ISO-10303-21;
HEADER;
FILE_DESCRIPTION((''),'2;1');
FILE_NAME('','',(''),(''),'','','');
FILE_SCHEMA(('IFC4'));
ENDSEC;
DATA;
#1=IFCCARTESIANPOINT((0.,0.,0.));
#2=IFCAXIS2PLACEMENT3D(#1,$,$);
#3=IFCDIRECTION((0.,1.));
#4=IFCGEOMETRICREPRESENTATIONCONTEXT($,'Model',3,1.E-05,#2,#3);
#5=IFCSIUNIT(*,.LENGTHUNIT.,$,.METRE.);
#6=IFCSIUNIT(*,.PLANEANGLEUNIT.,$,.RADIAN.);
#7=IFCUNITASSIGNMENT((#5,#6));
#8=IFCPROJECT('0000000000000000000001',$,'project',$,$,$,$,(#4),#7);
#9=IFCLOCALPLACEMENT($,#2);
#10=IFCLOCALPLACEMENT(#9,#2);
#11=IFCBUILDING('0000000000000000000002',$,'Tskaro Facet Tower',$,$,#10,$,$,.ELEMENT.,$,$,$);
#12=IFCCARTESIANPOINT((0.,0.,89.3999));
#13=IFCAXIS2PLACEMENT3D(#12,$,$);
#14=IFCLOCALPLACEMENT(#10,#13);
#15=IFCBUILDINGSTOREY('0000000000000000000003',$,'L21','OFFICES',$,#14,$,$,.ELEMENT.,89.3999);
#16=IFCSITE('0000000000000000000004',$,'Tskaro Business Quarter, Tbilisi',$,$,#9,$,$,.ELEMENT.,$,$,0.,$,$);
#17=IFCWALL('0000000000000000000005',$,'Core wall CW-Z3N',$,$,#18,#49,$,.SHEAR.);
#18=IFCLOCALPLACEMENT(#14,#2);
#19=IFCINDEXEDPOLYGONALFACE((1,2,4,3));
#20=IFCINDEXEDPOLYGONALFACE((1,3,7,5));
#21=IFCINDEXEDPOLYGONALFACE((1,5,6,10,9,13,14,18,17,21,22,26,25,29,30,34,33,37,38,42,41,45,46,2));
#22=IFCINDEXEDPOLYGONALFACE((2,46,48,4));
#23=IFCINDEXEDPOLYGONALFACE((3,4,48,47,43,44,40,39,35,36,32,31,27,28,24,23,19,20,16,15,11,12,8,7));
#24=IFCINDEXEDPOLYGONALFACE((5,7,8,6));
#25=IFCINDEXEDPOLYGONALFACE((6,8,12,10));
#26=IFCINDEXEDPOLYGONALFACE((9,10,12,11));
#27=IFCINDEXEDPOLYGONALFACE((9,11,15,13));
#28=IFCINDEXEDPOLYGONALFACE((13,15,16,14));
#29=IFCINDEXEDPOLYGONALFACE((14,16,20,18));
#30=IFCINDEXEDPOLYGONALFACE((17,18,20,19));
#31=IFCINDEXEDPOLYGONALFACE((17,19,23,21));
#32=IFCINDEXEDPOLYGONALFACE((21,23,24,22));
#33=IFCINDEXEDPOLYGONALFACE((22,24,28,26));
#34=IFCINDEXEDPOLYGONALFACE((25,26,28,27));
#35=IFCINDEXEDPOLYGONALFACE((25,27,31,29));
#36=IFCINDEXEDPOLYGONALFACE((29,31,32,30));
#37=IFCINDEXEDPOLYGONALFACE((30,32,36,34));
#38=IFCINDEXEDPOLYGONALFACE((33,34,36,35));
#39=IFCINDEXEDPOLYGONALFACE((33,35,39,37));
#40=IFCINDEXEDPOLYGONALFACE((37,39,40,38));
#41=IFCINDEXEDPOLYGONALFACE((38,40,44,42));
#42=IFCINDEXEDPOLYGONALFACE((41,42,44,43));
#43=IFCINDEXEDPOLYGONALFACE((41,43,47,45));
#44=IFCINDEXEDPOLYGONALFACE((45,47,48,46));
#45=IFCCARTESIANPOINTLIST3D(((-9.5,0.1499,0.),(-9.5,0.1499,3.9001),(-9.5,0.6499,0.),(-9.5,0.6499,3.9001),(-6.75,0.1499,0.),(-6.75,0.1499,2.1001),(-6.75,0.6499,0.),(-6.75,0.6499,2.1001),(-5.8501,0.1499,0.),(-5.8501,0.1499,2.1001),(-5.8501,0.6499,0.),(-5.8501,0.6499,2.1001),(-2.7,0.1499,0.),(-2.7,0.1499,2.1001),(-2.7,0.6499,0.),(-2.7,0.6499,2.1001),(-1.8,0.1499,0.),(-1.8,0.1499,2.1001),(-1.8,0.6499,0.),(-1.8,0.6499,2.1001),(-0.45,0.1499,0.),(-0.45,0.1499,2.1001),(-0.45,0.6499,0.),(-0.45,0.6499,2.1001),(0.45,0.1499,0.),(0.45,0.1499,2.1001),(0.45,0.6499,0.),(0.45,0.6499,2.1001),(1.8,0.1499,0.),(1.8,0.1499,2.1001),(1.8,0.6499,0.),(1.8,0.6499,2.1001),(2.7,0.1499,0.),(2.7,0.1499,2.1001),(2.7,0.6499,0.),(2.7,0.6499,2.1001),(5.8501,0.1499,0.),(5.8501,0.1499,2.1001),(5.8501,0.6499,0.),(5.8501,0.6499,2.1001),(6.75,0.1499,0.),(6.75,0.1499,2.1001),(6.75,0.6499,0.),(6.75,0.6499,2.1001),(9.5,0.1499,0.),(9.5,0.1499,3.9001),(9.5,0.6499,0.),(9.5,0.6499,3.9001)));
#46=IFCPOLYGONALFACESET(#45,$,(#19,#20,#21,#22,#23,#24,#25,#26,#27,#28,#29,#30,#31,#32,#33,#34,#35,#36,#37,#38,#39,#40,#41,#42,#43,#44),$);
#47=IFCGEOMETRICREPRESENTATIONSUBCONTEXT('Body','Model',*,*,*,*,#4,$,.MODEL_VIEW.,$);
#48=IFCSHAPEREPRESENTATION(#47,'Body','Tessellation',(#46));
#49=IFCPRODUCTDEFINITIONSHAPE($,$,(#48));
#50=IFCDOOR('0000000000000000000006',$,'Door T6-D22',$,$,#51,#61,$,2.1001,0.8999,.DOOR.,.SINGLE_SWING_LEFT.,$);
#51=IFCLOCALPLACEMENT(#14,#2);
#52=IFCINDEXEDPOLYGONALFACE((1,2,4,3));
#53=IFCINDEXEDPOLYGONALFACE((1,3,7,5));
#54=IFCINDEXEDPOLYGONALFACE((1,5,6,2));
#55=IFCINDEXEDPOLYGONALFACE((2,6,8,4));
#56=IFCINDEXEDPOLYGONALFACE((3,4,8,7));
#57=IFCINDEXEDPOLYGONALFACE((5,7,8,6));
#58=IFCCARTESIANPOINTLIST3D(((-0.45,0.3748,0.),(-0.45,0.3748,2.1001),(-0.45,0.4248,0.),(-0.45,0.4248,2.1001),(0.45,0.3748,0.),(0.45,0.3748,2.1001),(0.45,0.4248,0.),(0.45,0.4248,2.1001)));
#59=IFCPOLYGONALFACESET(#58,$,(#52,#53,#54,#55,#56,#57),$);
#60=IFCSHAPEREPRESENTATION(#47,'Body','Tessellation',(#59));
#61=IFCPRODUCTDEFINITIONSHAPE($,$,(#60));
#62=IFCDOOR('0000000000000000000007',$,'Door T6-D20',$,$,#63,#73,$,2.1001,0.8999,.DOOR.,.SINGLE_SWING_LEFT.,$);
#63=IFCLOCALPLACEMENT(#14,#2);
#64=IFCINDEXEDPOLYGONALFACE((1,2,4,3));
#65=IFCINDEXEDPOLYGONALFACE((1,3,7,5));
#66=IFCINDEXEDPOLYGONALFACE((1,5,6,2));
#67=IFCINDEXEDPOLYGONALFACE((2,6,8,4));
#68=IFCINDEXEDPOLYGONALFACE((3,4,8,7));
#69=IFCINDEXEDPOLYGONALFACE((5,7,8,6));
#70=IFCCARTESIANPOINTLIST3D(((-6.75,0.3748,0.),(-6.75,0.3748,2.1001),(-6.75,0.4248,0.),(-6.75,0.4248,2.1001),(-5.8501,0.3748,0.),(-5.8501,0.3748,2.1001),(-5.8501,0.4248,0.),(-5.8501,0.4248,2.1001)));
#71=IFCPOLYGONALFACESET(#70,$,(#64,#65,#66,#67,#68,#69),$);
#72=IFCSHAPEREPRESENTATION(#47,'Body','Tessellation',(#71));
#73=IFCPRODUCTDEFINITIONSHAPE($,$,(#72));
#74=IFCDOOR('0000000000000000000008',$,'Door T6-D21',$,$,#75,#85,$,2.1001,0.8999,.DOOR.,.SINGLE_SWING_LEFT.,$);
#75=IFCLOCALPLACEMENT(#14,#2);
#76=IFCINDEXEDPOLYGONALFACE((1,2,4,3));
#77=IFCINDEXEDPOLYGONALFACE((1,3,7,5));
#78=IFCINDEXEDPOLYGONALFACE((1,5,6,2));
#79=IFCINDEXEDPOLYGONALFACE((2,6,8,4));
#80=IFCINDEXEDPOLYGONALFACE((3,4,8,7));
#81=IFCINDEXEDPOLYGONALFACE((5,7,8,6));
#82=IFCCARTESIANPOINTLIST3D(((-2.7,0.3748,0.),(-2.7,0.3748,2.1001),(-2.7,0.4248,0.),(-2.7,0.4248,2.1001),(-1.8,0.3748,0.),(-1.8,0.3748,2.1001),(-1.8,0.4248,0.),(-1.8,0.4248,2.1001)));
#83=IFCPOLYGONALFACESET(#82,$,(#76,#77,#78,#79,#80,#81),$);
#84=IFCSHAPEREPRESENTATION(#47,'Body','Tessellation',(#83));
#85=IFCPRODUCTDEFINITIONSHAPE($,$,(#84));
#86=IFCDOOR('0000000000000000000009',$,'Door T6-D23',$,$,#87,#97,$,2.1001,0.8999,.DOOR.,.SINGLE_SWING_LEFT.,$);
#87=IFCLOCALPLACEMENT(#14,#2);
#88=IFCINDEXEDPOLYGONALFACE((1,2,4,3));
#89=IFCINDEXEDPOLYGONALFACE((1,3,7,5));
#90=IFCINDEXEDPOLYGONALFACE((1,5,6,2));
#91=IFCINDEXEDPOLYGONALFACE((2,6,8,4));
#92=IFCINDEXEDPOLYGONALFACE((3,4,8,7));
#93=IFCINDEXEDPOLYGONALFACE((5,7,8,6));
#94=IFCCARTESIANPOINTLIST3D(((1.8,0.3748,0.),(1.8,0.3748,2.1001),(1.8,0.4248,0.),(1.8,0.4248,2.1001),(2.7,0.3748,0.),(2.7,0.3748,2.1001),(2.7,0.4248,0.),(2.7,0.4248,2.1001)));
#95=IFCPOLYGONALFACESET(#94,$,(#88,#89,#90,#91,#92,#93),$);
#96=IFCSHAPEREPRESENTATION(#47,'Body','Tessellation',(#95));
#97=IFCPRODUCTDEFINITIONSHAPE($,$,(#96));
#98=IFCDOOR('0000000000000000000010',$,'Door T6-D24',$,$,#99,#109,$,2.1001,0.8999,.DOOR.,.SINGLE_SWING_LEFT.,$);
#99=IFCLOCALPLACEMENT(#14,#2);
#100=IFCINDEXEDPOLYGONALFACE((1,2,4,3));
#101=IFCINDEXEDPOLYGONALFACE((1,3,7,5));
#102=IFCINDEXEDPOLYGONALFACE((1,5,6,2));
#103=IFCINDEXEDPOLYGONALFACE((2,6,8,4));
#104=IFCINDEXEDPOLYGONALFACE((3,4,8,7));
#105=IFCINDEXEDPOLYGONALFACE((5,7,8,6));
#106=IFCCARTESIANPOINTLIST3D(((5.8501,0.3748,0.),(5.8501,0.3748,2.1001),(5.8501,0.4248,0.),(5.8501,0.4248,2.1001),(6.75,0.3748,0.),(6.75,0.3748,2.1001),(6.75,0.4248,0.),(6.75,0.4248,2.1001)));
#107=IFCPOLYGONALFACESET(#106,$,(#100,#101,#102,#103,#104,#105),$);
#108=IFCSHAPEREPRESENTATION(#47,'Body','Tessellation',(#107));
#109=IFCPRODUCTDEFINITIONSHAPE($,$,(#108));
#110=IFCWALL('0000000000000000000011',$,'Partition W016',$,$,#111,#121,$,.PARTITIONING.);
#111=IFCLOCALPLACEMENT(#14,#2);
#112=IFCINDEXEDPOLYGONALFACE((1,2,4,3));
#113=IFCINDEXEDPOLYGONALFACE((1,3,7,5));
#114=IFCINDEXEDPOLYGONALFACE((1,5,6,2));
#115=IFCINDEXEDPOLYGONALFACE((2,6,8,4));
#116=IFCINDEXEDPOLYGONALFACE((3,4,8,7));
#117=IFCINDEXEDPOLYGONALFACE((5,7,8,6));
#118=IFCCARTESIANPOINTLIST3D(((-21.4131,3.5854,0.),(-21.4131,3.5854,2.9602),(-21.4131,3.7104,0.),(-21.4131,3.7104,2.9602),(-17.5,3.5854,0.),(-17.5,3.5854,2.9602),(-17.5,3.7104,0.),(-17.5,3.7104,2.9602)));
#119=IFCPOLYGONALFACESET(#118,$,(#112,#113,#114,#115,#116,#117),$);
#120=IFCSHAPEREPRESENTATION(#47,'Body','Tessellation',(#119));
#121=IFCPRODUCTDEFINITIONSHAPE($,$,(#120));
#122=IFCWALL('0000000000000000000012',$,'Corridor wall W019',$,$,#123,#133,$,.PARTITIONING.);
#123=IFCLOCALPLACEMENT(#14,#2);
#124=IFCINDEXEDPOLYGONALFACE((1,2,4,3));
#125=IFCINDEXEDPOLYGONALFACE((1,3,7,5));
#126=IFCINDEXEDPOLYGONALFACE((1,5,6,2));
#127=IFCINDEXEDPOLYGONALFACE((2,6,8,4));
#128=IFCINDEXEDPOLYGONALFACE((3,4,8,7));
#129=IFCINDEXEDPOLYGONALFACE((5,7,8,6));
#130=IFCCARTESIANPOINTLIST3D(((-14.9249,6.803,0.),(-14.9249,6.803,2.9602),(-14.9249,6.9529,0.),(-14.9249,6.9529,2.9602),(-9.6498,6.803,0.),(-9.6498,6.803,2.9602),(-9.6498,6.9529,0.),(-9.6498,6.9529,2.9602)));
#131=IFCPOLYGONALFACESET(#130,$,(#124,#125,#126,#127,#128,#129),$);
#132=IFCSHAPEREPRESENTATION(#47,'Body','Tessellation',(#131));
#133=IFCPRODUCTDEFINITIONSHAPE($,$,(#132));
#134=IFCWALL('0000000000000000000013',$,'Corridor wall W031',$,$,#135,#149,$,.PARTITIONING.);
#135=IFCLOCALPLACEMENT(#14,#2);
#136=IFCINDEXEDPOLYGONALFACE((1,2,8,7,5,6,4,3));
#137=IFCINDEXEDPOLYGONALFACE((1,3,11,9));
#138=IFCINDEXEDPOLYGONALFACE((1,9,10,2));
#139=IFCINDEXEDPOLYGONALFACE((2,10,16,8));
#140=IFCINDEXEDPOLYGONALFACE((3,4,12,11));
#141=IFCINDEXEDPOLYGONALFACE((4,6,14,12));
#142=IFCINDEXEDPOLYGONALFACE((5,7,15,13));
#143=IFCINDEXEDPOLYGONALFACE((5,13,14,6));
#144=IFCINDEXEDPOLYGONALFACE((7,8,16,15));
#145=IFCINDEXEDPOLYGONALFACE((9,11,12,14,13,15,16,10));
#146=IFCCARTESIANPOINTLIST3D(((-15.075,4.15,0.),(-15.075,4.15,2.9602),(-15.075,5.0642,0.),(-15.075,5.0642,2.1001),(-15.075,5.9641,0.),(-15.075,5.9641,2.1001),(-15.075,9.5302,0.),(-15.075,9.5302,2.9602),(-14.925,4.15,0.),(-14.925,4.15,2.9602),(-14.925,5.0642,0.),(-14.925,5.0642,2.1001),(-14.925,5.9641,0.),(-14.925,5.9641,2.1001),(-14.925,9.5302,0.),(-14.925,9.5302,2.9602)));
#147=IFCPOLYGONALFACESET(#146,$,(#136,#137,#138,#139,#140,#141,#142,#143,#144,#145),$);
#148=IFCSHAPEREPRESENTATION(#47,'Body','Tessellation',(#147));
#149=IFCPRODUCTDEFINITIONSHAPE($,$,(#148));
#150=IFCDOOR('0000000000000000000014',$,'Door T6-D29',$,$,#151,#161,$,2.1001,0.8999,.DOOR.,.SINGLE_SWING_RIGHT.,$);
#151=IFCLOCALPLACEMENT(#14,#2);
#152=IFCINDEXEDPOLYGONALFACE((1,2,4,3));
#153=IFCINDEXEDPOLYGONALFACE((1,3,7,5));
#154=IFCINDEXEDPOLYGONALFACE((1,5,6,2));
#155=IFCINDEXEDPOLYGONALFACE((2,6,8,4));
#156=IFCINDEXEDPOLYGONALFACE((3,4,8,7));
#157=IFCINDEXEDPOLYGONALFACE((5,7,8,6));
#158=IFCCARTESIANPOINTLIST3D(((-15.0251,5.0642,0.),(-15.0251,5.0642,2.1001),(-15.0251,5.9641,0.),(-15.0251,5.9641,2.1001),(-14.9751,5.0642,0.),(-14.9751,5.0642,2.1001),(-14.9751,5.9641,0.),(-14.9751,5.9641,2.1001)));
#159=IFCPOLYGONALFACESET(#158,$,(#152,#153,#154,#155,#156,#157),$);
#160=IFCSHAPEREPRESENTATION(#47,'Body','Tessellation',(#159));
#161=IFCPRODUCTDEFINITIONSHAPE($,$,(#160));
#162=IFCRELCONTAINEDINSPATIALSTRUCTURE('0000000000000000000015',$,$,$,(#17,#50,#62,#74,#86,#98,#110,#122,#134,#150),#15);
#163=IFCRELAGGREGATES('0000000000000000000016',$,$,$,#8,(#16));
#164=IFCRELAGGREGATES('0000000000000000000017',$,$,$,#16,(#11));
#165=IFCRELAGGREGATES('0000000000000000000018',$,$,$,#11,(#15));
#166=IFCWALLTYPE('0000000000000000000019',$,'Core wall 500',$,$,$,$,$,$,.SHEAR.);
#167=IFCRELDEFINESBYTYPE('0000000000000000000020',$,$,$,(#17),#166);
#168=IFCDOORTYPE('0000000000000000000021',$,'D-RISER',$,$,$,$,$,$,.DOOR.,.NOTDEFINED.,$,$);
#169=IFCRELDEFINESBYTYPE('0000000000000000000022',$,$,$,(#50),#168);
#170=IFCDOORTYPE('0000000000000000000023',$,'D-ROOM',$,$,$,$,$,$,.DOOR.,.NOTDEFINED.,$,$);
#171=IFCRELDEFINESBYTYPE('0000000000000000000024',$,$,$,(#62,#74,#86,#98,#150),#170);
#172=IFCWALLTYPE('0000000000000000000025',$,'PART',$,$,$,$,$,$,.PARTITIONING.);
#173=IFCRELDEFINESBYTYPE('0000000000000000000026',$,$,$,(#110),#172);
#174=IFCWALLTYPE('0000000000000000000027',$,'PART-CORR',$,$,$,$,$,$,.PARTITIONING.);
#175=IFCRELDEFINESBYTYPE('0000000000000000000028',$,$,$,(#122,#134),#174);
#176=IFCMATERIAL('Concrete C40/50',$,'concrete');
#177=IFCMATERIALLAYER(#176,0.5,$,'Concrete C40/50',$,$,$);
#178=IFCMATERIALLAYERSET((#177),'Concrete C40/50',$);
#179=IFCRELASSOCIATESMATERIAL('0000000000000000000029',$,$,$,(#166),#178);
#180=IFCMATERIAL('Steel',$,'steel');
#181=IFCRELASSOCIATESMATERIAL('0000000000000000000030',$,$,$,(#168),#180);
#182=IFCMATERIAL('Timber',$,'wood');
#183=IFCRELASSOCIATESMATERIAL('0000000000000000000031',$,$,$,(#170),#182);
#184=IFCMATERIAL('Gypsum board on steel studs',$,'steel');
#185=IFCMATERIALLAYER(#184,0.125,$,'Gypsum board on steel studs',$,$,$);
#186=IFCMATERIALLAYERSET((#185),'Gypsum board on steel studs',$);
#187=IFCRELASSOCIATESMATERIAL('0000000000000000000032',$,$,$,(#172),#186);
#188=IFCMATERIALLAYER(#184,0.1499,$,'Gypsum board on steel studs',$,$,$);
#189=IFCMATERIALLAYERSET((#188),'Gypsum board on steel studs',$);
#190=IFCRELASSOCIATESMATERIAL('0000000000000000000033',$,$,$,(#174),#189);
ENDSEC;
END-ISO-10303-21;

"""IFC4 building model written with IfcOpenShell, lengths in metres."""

from ifc_helpers import new_model, si_unit, direction, frame, frame_2d, origin, place, context, subcontext, project, spatial, rectangle, extrude, material, layer, layer_set, type_object, element, fill, save


model = new_model("IFC4")

# Units and contexts
model_context = context("Model", 3, precision=1e-05, world=origin(), true_north=direction((0.0, 1.0)))
body_context = subcontext(model_context, "Body", "Model", "MODEL_VIEW")
ifc_project = project(units=[si_unit("LENGTHUNIT", "METRE"), si_unit("PLANEANGLEUNIT", "RADIAN")], contexts=[model_context])

# Site, building, storey
site_placement = place(None, origin())
site = spatial("IfcSite", under=ifc_project, at=site_placement, Name="Tskaro Business Quarter, Tbilisi", CompositionType="ELEMENT", RefElevation=0.0)
building_placement = place(site_placement, origin())
building = spatial("IfcBuilding", under=site, at=building_placement, Name="Tskaro Facet Tower", CompositionType="ELEMENT")
storey_placement = place(building_placement, frame((0.0, 0.0, 89.3999)))
storey = spatial("IfcBuildingStorey", under=building, at=storey_placement, Name="L21", Description="OFFICES", CompositionType="ELEMENT", Elevation=89.3999)

# Wall, openings, doors
ifc_material_1 = material(Name="Concrete C40/50", Category="concrete")
ifc_layer_1 = layer(ifc_material_1, 0.5, Name="Concrete C40/50")
ifc_layer_set_1 = layer_set([ifc_layer_1], Name="Concrete C40/50")
wall_type_1 = type_object("IfcWallType", Name="Core wall 500", PredefinedType="SHEAR", material=ifc_layer_set_1)
wall_1_placement = place(storey_placement, frame((-9.5, 0.3999, 0.0), z_axis=(0.0, 0.0, 1.0), x_axis=(1.0, 0.0, 0.0)))
wall_1 = element("IfcWall", 1, at=wall_1_placement, inside=storey, type_object=wall_type_1, Name="Core wall CW-Z3N", PredefinedType="SHEAR", context=body_context, shape_type="SweptSolid", body=[
    extrude(rectangle(XDim=19.0, YDim=0.5, at=frame_2d((9.5, 0.0))), origin(), (0.0, 0.0, 1.0), 3.9001),
])
opening_1_placement = place(wall_1_placement, frame((2.75, 0.0, 0.0)))
opening_1 = element("IfcOpeningElement", 2, at=opening_1_placement, cuts=wall_1, PredefinedType="OPENING", context=body_context, shape_type="SweptSolid", body=[
    extrude(rectangle(XDim=0.8999, YDim=2.1001, at=frame_2d((0.45, 1.05))), frame((0.0, 0.26, 0.0), z_axis=(0.0, -1.0, 0.0), x_axis=(1.0, 0.0, 0.0)), (0.0, 0.0, 1.0), 0.52),
])
opening_2_placement = place(wall_1_placement, frame((6.8, 0.0, 0.0)))
opening_2 = element("IfcOpeningElement", 3, at=opening_2_placement, cuts=wall_1, PredefinedType="OPENING", context=body_context, shape_type="SweptSolid", body=[
    extrude(rectangle(XDim=0.8999, YDim=2.1001, at=frame_2d((0.45, 1.05))), frame((0.0, 0.26, 0.0), z_axis=(0.0, -1.0, 0.0), x_axis=(1.0, 0.0, 0.0)), (0.0, 0.0, 1.0), 0.52),
])
opening_3_placement = place(wall_1_placement, frame((11.3, 0.0, 0.0)))
opening_3 = element("IfcOpeningElement", 4, at=opening_3_placement, cuts=wall_1, PredefinedType="OPENING", context=body_context, shape_type="SweptSolid", body=[
    extrude(rectangle(XDim=0.8999, YDim=2.1001, at=frame_2d((0.45, 1.05))), frame((0.0, 0.26, 0.0), z_axis=(0.0, -1.0, 0.0), x_axis=(1.0, 0.0, 0.0)), (0.0, 0.0, 1.0), 0.52),
])
opening_4_placement = place(wall_1_placement, frame((15.3501, 0.0, 0.0)))
opening_4 = element("IfcOpeningElement", 5, at=opening_4_placement, cuts=wall_1, PredefinedType="OPENING", context=body_context, shape_type="SweptSolid", body=[
    extrude(rectangle(XDim=0.8999, YDim=2.1001, at=frame_2d((0.45, 1.05))), frame((0.0, 0.26, 0.0), z_axis=(0.0, -1.0, 0.0), x_axis=(1.0, 0.0, 0.0)), (0.0, 0.0, 1.0), 0.52),
])
opening_5_placement = place(wall_1_placement, frame((9.05, 0.0, 0.0)))
opening_5 = element("IfcOpeningElement", 6, at=opening_5_placement, cuts=wall_1, PredefinedType="OPENING", context=body_context, shape_type="SweptSolid", body=[
    extrude(rectangle(XDim=0.8999, YDim=2.1001, at=frame_2d((0.45, 1.05))), frame((0.0, 0.26, 0.0), z_axis=(0.0, -1.0, 0.0), x_axis=(1.0, 0.0, 0.0)), (0.0, 0.0, 1.0), 0.52),
])
ifc_material_2 = material(Name="Steel", Category="steel")
door_type_1 = type_object("IfcDoorType", Name="D-RISER", OperationType="NOTDEFINED", PredefinedType="DOOR", material=ifc_material_2)
door_1_placement = place(opening_5_placement, origin())
door_1 = element("IfcDoor", 7, at=door_1_placement, inside=storey, type_object=door_type_1, Name="Door T6-D22", OperationType="SINGLE_SWING_LEFT", OverallHeight=2.1001, OverallWidth=0.8999, PredefinedType="DOOR", context=body_context, shape_type="SweptSolid", body=[
    extrude(rectangle(XDim=0.8999, YDim=2.1001, at=frame_2d((0.45, 1.05))), frame((0.0, 0.0249, 0.0), z_axis=(0.0, -1.0, 0.0), x_axis=(1.0, 0.0, 0.0)), (0.0, 0.0, 1.0), 0.05),
])
fill(opening_5, door_1)
ifc_material_3 = material(Name="Timber", Category="wood")
door_type_2 = type_object("IfcDoorType", Name="D-ROOM", OperationType="NOTDEFINED", PredefinedType="DOOR", material=ifc_material_3)
door_2_placement = place(opening_1_placement, origin())
door_2 = element("IfcDoor", 8, at=door_2_placement, inside=storey, type_object=door_type_2, Name="Door T6-D20", OperationType="SINGLE_SWING_LEFT", OverallHeight=2.1001, OverallWidth=0.8999, PredefinedType="DOOR", context=body_context, shape_type="SweptSolid", body=[
    extrude(rectangle(XDim=0.8999, YDim=2.1001, at=frame_2d((0.45, 1.05))), frame((0.0, 0.0249, 0.0), z_axis=(0.0, -1.0, 0.0), x_axis=(1.0, 0.0, 0.0)), (0.0, 0.0, 1.0), 0.05),
])
fill(opening_1, door_2)
door_3_placement = place(opening_2_placement, origin())
door_3 = element("IfcDoor", 9, at=door_3_placement, inside=storey, type_object=door_type_2, Name="Door T6-D21", OperationType="SINGLE_SWING_LEFT", OverallHeight=2.1001, OverallWidth=0.8999, PredefinedType="DOOR", context=body_context, shape_type="SweptSolid", body=[
    extrude(rectangle(XDim=0.8999, YDim=2.1001, at=frame_2d((0.45, 1.05))), frame((0.0, 0.0249, 0.0), z_axis=(0.0, -1.0, 0.0), x_axis=(1.0, 0.0, 0.0)), (0.0, 0.0, 1.0), 0.05),
])
fill(opening_2, door_3)
door_4_placement = place(opening_3_placement, origin())
door_4 = element("IfcDoor", 10, at=door_4_placement, inside=storey, type_object=door_type_2, Name="Door T6-D23", OperationType="SINGLE_SWING_LEFT", OverallHeight=2.1001, OverallWidth=0.8999, PredefinedType="DOOR", context=body_context, shape_type="SweptSolid", body=[
    extrude(rectangle(XDim=0.8999, YDim=2.1001, at=frame_2d((0.45, 1.05))), frame((0.0, 0.0249, 0.0), z_axis=(0.0, -1.0, 0.0), x_axis=(1.0, 0.0, 0.0)), (0.0, 0.0, 1.0), 0.05),
])
fill(opening_3, door_4)
door_5_placement = place(opening_4_placement, origin())
door_5 = element("IfcDoor", 11, at=door_5_placement, inside=storey, type_object=door_type_2, Name="Door T6-D24", OperationType="SINGLE_SWING_LEFT", OverallHeight=2.1001, OverallWidth=0.8999, PredefinedType="DOOR", context=body_context, shape_type="SweptSolid", body=[
    extrude(rectangle(XDim=0.8999, YDim=2.1001, at=frame_2d((0.45, 1.05))), frame((0.0, 0.0249, 0.0), z_axis=(0.0, -1.0, 0.0), x_axis=(1.0, 0.0, 0.0)), (0.0, 0.0, 1.0), 0.05),
])
fill(opening_4, door_5)

# Walls
ifc_material_4 = material(Name="Gypsum board on steel studs", Category="steel")
ifc_layer_2 = layer(ifc_material_4, 0.125, Name="Gypsum board on steel studs")
ifc_layer_set_2 = layer_set([ifc_layer_2], Name="Gypsum board on steel studs")
wall_type_2 = type_object("IfcWallType", Name="PART", PredefinedType="PARTITIONING", material=ifc_layer_set_2)
wall_2_placement = place(storey_placement, frame((-21.4131, 3.6479, 0.0), z_axis=(0.0, 0.0, 1.0), x_axis=(1.0, 0.0, 0.0)))
element("IfcWall", 12, at=wall_2_placement, inside=storey, type_object=wall_type_2, Name="Partition W016", PredefinedType="PARTITIONING", context=body_context, shape_type="SweptSolid", body=[
    extrude(rectangle(XDim=3.9131, YDim=0.125, at=frame_2d((1.9565, 0.0))), origin(), (0.0, 0.0, 1.0), 2.9602),
])
ifc_layer_3 = layer(ifc_material_4, 0.1499, Name="Gypsum board on steel studs")
ifc_layer_set_3 = layer_set([ifc_layer_3], Name="Gypsum board on steel studs")
wall_type_3 = type_object("IfcWallType", Name="PART-CORR", PredefinedType="PARTITIONING", material=ifc_layer_set_3)
wall_3_placement = place(storey_placement, frame((-14.925, 6.8779, 0.0), z_axis=(0.0, 0.0, 1.0), x_axis=(1.0, 0.0, 0.0)))
element("IfcWall", 13, at=wall_3_placement, inside=storey, type_object=wall_type_3, Name="Corridor wall W019", PredefinedType="PARTITIONING", context=body_context, shape_type="SweptSolid", body=[
    extrude(rectangle(XDim=5.2751, YDim=0.1499, at=frame_2d((2.6377, 0.0))), origin(), (0.0, 0.0, 1.0), 2.9602),
])

# Wall, opening, door
wall_4_placement = place(storey_placement, frame((-15.0, 9.53, 0.0), z_axis=(0.0, 0.0, 1.0), x_axis=(0.0, -1.0, 0.0)))
wall_4 = element("IfcWall", 14, at=wall_4_placement, inside=storey, type_object=wall_type_3, Name="Corridor wall W031", PredefinedType="PARTITIONING", context=body_context, shape_type="SweptSolid", body=[
    extrude(rectangle(XDim=5.3801, YDim=0.1499, at=frame_2d((2.6899, 0.0))), origin(), (0.0, 0.0, 1.0), 2.9602),
])
opening_6_placement = place(wall_4_placement, frame((3.5659, 0.0, 0.0)))
opening_6 = element("IfcOpeningElement", 15, at=opening_6_placement, cuts=wall_4, PredefinedType="OPENING", context=body_context, shape_type="SweptSolid", body=[
    extrude(rectangle(XDim=0.8999, YDim=2.1001, at=frame_2d((0.45, 1.05))), frame((0.0, 0.085, 0.0), z_axis=(0.0, -1.0, 0.0), x_axis=(1.0, 0.0, 0.0)), (0.0, 0.0, 1.0), 0.1699),
])
door_6_placement = place(opening_6_placement, origin())
door_6 = element("IfcDoor", 16, at=door_6_placement, inside=storey, type_object=door_type_2, Name="Door T6-D29", OperationType="SINGLE_SWING_RIGHT", OverallHeight=2.1001, OverallWidth=0.8999, PredefinedType="DOOR", context=body_context, shape_type="SweptSolid", body=[
    extrude(rectangle(XDim=0.8999, YDim=2.1001, at=frame_2d((0.45, 1.05))), frame((0.0, 0.0249, 0.0), z_axis=(0.0, -1.0, 0.0), x_axis=(1.0, 0.0, 0.0)), (0.0, 0.0, 1.0), 0.05),
])
fill(opening_6, door_6)

save(model, "model.ifc")
